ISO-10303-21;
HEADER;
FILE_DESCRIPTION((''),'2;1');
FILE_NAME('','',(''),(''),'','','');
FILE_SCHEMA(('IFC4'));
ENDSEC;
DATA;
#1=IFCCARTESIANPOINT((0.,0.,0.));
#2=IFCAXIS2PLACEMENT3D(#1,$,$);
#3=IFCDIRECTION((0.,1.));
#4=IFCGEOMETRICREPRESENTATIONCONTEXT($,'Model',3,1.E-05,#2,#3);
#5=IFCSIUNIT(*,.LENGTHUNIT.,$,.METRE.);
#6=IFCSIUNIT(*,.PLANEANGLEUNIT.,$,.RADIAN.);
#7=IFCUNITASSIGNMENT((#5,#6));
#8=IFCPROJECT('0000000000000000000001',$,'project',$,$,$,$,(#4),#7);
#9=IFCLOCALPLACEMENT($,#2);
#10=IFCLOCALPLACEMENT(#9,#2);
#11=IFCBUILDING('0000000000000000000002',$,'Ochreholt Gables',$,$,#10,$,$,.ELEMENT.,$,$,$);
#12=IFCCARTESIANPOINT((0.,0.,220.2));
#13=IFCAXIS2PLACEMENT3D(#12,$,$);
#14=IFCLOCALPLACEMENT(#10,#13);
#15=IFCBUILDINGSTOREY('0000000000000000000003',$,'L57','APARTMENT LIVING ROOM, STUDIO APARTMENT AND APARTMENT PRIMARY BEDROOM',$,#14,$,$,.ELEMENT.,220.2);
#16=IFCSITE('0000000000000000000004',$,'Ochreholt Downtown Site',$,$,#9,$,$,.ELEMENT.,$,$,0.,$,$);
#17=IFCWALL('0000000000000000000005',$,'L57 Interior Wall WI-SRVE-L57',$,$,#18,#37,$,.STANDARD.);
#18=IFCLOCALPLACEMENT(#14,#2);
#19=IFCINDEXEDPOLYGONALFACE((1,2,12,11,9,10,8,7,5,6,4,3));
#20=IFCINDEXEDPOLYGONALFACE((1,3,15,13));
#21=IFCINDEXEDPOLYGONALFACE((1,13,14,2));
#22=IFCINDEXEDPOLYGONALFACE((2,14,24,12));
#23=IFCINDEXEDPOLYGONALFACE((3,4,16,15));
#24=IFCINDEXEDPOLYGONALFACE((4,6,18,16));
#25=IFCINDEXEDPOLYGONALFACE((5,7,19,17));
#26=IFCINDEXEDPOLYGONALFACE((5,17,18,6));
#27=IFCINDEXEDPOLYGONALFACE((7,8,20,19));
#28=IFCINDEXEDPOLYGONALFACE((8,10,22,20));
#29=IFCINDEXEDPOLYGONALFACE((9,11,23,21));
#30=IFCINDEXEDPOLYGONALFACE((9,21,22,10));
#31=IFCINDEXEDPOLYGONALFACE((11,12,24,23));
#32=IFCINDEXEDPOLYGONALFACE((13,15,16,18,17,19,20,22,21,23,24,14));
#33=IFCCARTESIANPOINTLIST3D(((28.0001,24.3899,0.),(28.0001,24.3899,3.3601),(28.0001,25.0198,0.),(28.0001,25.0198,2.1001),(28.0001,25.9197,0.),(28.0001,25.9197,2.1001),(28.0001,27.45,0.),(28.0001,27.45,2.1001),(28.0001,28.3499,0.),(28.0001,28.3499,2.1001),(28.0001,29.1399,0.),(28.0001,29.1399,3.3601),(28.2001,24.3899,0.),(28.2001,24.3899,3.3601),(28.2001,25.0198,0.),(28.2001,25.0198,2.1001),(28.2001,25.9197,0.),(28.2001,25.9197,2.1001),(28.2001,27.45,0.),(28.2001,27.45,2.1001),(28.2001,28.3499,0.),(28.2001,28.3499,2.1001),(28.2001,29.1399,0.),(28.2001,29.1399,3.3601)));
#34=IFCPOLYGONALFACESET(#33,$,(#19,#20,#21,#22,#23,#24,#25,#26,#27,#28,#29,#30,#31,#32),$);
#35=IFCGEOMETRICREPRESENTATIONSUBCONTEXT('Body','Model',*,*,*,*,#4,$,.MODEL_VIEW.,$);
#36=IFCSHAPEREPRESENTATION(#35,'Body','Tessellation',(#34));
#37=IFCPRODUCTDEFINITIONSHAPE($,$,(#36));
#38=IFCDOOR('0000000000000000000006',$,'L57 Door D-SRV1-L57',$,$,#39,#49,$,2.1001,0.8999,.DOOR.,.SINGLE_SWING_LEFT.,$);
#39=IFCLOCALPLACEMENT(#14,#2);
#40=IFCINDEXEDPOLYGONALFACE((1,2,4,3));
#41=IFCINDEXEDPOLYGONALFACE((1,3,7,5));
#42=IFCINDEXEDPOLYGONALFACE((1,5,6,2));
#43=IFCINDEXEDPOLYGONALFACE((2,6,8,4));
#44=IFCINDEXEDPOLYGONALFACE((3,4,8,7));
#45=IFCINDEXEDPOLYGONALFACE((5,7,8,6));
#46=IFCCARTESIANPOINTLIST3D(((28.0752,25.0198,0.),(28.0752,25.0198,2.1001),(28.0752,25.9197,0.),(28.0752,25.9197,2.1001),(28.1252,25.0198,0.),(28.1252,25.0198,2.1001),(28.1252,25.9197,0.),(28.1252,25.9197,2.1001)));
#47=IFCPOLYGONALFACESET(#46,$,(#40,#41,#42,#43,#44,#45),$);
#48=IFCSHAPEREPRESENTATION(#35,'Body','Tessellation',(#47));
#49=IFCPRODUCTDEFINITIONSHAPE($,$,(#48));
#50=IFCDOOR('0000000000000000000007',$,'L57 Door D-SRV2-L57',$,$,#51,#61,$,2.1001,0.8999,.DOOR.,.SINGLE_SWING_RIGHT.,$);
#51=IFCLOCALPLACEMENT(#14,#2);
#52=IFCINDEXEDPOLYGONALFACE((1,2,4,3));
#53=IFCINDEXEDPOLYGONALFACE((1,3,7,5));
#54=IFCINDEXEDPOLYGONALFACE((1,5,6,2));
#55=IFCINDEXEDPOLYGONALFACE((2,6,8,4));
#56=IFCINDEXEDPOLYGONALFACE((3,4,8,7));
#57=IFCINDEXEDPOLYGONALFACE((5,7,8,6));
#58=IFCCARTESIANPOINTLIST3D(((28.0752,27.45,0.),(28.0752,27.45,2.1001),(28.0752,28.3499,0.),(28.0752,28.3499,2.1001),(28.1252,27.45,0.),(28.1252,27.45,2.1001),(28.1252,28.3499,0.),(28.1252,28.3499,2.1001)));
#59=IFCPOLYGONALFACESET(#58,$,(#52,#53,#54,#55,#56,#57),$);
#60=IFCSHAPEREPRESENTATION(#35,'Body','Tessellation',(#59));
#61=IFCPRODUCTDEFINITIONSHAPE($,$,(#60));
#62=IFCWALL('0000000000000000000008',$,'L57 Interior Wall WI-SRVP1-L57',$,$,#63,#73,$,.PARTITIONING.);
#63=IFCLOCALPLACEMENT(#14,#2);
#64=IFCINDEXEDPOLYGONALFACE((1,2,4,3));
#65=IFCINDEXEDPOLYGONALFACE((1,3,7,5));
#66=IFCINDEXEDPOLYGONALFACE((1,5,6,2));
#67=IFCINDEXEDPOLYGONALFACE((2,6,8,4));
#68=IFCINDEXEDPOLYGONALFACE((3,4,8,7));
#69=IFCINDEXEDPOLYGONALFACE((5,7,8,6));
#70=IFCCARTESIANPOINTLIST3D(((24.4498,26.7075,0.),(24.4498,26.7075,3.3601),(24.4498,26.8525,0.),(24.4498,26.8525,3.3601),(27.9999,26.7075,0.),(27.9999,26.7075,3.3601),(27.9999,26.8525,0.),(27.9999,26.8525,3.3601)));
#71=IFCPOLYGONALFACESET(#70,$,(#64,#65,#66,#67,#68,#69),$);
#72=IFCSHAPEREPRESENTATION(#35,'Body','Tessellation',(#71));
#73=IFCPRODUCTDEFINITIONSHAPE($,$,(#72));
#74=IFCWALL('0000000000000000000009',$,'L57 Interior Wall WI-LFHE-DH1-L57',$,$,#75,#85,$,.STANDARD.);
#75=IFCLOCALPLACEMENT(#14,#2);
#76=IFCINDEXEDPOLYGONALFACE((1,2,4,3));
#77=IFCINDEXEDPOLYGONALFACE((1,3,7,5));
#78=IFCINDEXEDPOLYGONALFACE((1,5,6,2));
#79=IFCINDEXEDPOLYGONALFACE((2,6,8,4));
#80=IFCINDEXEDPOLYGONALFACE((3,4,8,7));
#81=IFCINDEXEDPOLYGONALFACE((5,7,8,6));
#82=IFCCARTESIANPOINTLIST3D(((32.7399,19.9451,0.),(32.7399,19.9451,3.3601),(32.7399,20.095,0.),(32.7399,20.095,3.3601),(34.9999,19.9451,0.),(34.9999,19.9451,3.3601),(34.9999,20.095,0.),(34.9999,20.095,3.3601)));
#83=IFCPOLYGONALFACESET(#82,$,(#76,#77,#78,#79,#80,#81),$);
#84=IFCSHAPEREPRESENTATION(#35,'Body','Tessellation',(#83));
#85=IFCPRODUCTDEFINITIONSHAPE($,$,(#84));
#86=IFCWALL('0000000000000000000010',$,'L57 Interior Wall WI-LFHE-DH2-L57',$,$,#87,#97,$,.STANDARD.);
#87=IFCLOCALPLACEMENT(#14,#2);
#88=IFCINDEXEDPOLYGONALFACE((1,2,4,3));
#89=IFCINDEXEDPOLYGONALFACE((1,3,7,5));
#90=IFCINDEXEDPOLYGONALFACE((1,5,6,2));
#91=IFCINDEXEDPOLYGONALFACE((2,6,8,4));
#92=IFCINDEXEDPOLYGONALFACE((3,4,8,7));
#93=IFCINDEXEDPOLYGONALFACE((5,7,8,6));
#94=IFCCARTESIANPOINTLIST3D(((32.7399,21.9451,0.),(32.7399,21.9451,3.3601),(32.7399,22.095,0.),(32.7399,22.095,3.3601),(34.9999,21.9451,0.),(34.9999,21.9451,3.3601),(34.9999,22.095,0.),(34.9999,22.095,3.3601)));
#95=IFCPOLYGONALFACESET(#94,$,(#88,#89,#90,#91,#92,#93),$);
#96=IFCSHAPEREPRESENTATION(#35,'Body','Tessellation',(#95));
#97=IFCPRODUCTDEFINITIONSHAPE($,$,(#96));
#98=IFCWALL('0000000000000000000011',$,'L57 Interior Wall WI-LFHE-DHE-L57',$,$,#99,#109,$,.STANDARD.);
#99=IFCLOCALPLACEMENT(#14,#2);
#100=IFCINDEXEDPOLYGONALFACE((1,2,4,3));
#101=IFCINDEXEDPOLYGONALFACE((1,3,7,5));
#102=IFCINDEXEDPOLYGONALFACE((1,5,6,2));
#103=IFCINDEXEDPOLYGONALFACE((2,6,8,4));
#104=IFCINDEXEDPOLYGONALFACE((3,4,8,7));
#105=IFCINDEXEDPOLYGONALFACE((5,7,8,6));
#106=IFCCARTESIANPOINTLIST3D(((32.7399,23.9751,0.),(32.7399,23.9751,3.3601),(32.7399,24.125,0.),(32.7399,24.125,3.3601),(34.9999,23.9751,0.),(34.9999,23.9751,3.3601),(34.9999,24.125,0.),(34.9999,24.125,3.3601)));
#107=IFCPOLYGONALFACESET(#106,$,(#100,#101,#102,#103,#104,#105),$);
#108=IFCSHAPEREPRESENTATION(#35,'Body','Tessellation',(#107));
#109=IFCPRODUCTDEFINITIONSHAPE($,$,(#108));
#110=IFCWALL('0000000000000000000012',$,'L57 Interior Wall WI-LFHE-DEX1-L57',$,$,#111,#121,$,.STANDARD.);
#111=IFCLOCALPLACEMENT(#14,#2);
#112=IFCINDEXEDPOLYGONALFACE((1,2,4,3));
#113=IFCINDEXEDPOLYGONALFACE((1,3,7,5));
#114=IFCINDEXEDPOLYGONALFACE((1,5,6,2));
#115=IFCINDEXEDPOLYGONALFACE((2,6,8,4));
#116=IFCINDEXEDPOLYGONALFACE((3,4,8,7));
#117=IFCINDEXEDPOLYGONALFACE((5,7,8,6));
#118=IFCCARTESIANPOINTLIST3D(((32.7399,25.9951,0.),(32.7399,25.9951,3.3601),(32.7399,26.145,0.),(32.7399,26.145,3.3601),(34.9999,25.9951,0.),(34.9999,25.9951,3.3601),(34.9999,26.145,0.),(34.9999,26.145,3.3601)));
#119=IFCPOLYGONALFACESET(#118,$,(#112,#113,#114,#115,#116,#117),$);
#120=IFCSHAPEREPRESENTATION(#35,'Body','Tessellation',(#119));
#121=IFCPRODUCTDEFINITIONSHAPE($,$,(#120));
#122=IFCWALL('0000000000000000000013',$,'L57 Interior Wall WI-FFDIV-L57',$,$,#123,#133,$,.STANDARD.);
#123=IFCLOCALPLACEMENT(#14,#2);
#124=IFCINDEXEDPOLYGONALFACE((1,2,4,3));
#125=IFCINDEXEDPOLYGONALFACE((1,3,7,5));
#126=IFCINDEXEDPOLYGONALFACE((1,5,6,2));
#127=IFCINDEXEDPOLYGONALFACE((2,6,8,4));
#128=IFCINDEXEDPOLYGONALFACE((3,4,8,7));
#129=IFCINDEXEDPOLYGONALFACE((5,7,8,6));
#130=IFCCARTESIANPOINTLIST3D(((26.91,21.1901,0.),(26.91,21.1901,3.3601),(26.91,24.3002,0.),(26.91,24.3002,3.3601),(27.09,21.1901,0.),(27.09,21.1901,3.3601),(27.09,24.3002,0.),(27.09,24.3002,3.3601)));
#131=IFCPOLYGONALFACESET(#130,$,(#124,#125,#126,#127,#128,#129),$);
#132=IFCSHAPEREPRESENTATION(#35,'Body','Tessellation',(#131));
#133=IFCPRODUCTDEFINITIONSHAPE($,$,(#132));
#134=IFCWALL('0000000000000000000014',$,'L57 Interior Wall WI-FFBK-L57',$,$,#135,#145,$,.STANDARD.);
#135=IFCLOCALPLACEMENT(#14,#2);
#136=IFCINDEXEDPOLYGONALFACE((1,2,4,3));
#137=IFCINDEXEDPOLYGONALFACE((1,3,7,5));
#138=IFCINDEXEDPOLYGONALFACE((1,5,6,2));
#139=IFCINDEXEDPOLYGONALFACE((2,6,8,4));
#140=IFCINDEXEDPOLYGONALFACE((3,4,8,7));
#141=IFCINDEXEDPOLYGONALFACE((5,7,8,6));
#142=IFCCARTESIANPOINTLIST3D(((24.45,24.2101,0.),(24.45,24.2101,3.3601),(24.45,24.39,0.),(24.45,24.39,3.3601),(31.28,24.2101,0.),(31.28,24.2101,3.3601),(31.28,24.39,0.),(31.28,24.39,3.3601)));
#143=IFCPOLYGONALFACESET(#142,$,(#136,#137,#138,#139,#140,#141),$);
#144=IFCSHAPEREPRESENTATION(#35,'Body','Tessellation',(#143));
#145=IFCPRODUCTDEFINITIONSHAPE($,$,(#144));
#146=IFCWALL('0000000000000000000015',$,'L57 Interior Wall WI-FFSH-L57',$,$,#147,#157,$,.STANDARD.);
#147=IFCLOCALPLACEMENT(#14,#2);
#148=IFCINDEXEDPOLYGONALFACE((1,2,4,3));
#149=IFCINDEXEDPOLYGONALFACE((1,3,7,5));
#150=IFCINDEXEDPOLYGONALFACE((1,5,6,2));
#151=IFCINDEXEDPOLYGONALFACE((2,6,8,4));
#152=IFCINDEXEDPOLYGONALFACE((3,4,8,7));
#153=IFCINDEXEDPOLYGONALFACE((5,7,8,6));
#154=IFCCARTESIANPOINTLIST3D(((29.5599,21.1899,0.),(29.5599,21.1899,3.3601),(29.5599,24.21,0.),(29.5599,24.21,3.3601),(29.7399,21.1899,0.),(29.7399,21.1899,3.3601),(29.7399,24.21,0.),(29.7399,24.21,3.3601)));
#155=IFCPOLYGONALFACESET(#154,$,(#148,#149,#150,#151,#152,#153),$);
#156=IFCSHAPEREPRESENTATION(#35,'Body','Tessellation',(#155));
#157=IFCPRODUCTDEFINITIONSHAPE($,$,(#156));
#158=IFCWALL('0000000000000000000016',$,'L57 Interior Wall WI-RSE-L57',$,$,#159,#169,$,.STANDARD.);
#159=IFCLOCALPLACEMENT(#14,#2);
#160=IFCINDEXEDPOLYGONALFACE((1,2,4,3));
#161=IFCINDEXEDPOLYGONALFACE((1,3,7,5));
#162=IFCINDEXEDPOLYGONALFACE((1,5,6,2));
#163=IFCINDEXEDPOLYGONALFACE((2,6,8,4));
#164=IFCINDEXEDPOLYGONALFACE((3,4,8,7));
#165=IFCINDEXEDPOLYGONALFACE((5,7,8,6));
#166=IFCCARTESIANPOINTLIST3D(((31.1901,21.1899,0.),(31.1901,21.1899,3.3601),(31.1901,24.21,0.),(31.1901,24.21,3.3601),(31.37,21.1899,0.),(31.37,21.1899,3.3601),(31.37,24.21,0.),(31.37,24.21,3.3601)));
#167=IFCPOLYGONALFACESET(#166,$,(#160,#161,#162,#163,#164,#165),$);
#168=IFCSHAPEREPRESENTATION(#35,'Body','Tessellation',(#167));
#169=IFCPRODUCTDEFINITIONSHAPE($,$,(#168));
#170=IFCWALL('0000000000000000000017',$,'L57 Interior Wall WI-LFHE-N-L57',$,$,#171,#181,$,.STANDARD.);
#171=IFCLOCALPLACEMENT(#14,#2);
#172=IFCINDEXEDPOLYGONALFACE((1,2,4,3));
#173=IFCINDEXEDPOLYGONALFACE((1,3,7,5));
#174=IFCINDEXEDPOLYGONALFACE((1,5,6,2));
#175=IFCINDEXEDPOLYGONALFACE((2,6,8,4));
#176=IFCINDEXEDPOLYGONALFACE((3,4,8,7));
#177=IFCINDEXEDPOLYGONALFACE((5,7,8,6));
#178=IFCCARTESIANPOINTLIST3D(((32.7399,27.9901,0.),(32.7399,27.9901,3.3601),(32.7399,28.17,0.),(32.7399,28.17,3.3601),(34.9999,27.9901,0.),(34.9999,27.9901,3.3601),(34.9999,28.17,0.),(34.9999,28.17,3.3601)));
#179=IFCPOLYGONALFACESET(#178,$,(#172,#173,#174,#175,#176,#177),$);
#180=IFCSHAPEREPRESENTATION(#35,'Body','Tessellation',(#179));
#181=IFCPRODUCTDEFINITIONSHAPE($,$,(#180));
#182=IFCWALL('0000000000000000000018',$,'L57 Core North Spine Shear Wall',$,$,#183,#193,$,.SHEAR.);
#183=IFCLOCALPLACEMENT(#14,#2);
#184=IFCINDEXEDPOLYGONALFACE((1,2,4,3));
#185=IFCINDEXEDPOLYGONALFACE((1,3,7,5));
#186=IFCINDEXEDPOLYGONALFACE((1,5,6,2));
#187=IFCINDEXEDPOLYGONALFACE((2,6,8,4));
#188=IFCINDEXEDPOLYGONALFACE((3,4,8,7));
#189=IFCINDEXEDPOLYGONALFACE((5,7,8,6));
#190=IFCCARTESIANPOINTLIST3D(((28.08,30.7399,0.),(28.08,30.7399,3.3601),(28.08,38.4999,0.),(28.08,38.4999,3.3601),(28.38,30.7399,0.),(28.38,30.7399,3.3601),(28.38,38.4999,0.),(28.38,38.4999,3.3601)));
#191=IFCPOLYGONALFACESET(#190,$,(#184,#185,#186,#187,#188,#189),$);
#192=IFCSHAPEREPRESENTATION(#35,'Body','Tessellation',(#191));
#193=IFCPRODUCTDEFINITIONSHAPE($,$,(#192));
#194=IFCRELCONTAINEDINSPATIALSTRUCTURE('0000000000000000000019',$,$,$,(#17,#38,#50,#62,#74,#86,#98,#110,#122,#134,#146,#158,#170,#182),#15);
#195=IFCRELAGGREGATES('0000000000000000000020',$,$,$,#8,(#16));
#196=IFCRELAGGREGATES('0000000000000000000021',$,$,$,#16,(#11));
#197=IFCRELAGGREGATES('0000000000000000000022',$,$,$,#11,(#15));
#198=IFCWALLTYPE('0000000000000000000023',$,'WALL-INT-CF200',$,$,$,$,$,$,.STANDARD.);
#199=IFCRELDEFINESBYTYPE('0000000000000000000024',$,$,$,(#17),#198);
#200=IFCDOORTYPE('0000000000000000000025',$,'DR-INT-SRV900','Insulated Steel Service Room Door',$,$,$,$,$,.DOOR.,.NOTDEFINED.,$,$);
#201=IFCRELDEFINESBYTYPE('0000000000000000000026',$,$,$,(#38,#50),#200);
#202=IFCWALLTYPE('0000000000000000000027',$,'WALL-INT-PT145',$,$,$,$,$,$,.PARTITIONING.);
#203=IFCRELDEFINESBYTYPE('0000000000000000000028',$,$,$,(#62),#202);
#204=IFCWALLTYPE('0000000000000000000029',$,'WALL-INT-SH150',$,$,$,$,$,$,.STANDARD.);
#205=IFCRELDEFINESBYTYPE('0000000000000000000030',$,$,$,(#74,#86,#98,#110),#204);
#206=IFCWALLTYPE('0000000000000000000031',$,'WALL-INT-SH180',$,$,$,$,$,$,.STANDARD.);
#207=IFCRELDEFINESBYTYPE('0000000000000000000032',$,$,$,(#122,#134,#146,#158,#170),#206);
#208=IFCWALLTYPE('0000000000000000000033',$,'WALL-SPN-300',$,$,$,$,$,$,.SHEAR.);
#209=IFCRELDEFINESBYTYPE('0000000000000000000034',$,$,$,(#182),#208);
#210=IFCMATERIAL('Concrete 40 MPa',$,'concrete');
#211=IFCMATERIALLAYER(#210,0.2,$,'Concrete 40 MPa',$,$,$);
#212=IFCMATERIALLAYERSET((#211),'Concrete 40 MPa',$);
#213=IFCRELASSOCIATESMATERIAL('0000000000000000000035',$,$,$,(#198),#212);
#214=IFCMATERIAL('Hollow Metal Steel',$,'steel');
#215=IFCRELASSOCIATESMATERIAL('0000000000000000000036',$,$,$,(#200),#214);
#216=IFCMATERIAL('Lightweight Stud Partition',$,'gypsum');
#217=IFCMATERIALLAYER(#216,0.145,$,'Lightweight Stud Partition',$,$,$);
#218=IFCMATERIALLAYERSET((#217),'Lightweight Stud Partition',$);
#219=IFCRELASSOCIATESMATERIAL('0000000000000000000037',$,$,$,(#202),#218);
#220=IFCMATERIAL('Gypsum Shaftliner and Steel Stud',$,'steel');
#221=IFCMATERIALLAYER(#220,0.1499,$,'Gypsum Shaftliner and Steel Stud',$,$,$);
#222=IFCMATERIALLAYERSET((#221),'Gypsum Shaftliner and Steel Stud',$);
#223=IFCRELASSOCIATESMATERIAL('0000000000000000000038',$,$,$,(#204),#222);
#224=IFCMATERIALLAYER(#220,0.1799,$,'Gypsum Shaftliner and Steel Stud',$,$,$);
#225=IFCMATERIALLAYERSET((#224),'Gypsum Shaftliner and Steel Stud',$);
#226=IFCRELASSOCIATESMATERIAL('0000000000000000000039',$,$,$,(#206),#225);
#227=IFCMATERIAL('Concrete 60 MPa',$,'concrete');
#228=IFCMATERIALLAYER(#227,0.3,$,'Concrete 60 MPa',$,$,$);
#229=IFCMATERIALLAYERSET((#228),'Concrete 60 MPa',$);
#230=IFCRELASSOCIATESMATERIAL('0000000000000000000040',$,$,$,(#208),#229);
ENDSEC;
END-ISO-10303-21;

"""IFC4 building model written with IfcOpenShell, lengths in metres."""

from ifc_helpers import new_model, si_unit, direction, frame, frame_2d, origin, place, context, subcontext, project, spatial, rectangle, extrude, material, layer, layer_set, type_object, element, fill, save


model = new_model("IFC4")

# Units and contexts
model_context = context("Model", 3, precision=1e-05, world=origin(), true_north=direction((0.0, 1.0)))
body_context = subcontext(model_context, "Body", "Model", "MODEL_VIEW")
ifc_project = project(units=[si_unit("LENGTHUNIT", "METRE"), si_unit("PLANEANGLEUNIT", "RADIAN")], contexts=[model_context])

# Site, building, storey
site_placement = place(None, origin())
site = spatial("IfcSite", under=ifc_project, at=site_placement, Name="Ochreholt Downtown Site", CompositionType="ELEMENT", RefElevation=0.0)
building_placement = place(site_placement, origin())
building = spatial("IfcBuilding", under=site, at=building_placement, Name="Ochreholt Gables", CompositionType="ELEMENT")
storey_placement = place(building_placement, frame((0.0, 0.0, 220.2)))
storey = spatial("IfcBuildingStorey", under=building, at=storey_placement, Name="L57", Description="APARTMENT LIVING ROOM, STUDIO APARTMENT AND APARTMENT PRIMARY BEDROOM", CompositionType="ELEMENT", Elevation=220.2)

# Shared definitions
ifc_material_1 = material(Name="Concrete 40 MPa", Category="concrete")
ifc_layer_1 = layer(ifc_material_1, 0.2, Name="Concrete 40 MPa")
ifc_layer_set_1 = layer_set([ifc_layer_1], Name="Concrete 40 MPa")
wall_type_1 = type_object("IfcWallType", Name="WALL-INT-CF200", PredefinedType="STANDARD", material=ifc_layer_set_1)

# Wall, openings, doors
wall_1_placement = place(storey_placement, frame((28.1001, 24.3899, 0.0), z_axis=(0.0, 0.0, 1.0), x_axis=(0.0, 1.0, 0.0)))
wall_1 = element("IfcWall", 1, at=wall_1_placement, inside=storey, type_object=wall_type_1, Name="L57 Interior Wall WI-SRVE-L57", PredefinedType="STANDARD", context=body_context, shape_type="SweptSolid", body=[
    extrude(rectangle(XDim=4.75, YDim=0.2, at=frame_2d((2.375, 0.0))), origin(), (0.0, 0.0, 1.0), 3.3601),
])
opening_1_placement = place(wall_1_placement, frame((0.6299, 0.0, 0.0)))
opening_1 = element("IfcOpeningElement", 2, at=opening_1_placement, cuts=wall_1, PredefinedType="OPENING", context=body_context, shape_type="SweptSolid", body=[
    extrude(rectangle(XDim=0.8999, YDim=2.1001, at=frame_2d((0.45, 1.05))), frame((0.0, 0.1099, 0.0), z_axis=(0.0, -1.0, 0.0), x_axis=(1.0, 0.0, 0.0)), (0.0, 0.0, 1.0), 0.22),
])
opening_2_placement = place(wall_1_placement, frame((3.0601, 0.0, 0.0)))
opening_2 = element("IfcOpeningElement", 3, at=opening_2_placement, cuts=wall_1, PredefinedType="OPENING", context=body_context, shape_type="SweptSolid", body=[
    extrude(rectangle(XDim=0.8999, YDim=2.1001, at=frame_2d((0.45, 1.05))), frame((0.0, 0.1099, 0.0), z_axis=(0.0, -1.0, 0.0), x_axis=(1.0, 0.0, 0.0)), (0.0, 0.0, 1.0), 0.22),
])
ifc_material_2 = material(Name="Hollow Metal Steel", Category="steel")
door_type_1 = type_object("IfcDoorType", Name="DR-INT-SRV900", Description="Insulated Steel Service Room Door", OperationType="NOTDEFINED", PredefinedType="DOOR", material=ifc_material_2)
door_1_placement = place(opening_1_placement, origin())
door_1 = element("IfcDoor", 4, at=door_1_placement, inside=storey, type_object=door_type_1, Name="L57 Door D-SRV1-L57", OperationType="SINGLE_SWING_LEFT", OverallHeight=2.1001, OverallWidth=0.8999, PredefinedType="DOOR", context=body_context, shape_type="SweptSolid", body=[
    extrude(rectangle(XDim=0.8999, YDim=2.1001, at=frame_2d((0.45, 1.05))), frame((0.0, 0.0249, 0.0), z_axis=(0.0, -1.0, 0.0), x_axis=(1.0, 0.0, 0.0)), (0.0, 0.0, 1.0), 0.05),
])
fill(opening_1, door_1)
door_2_placement = place(opening_2_placement, origin())
door_2 = element("IfcDoor", 5, at=door_2_placement, inside=storey, type_object=door_type_1, Name="L57 Door D-SRV2-L57", OperationType="SINGLE_SWING_RIGHT", OverallHeight=2.1001, OverallWidth=0.8999, PredefinedType="DOOR", context=body_context, shape_type="SweptSolid", body=[
    extrude(rectangle(XDim=0.8999, YDim=2.1001, at=frame_2d((0.45, 1.05))), frame((0.0, 0.0249, 0.0), z_axis=(0.0, -1.0, 0.0), x_axis=(1.0, 0.0, 0.0)), (0.0, 0.0, 1.0), 0.05),
])
fill(opening_2, door_2)

# Walls
ifc_material_3 = material(Name="Lightweight Stud Partition", Category="gypsum")
ifc_layer_2 = layer(ifc_material_3, 0.145, Name="Lightweight Stud Partition")
ifc_layer_set_2 = layer_set([ifc_layer_2], Name="Lightweight Stud Partition")
wall_type_2 = type_object("IfcWallType", Name="WALL-INT-PT145", PredefinedType="PARTITIONING", material=ifc_layer_set_2)
wall_2_placement = place(storey_placement, frame((24.45, 26.78, 0.0), z_axis=(0.0, 0.0, 1.0), x_axis=(1.0, 0.0, 0.0)))
element("IfcWall", 6, at=wall_2_placement, inside=storey, type_object=wall_type_2, Name="L57 Interior Wall WI-SRVP1-L57", PredefinedType="PARTITIONING", context=body_context, shape_type="SweptSolid", body=[
    extrude(rectangle(XDim=3.55, YDim=0.145, at=frame_2d((1.7749, 0.0))), origin(), (0.0, 0.0, 1.0), 3.3601),
])
ifc_material_4 = material(Name="Gypsum Shaftliner and Steel Stud", Category="steel")
ifc_layer_3 = layer(ifc_material_4, 0.1499, Name="Gypsum Shaftliner and Steel Stud")
ifc_layer_set_3 = layer_set([ifc_layer_3], Name="Gypsum Shaftliner and Steel Stud")
wall_type_3 = type_object("IfcWallType", Name="WALL-INT-SH150", PredefinedType="STANDARD", material=ifc_layer_set_3)
for number, where, z_axis, x_axis, name in (
    (7, (32.74, 20.02, 0.0), (0.0, 0.0, 1.0), (1.0, 0.0, 0.0), "L57 Interior Wall WI-LFHE-DH1-L57"),
    (8, (32.74, 22.02, 0.0), (0.0, 0.0, 1.0), (1.0, 0.0, 0.0), "L57 Interior Wall WI-LFHE-DH2-L57"),
    (9, (32.74, 24.05, 0.0), (0.0, 0.0, 1.0), (1.0, 0.0, 0.0), "L57 Interior Wall WI-LFHE-DHE-L57"),
    (10, (32.74, 26.0701, 0.0), (0.0, 0.0, 1.0), (1.0, 0.0, 0.0), "L57 Interior Wall WI-LFHE-DEX1-L57"),
):
    element("IfcWall", number, at=place(storey_placement, frame(where, z_axis=z_axis, x_axis=x_axis)), inside=storey, type_object=wall_type_3, Name=name, PredefinedType="STANDARD", context=body_context, shape_type="SweptSolid", body=[
        extrude(rectangle(XDim=2.26, YDim=0.1499, at=frame_2d((1.1299, 0.0))), origin(), (0.0, 0.0, 1.0), 3.3601),
    ])
ifc_layer_4 = layer(ifc_material_4, 0.1799, Name="Gypsum Shaftliner and Steel Stud")
ifc_layer_set_4 = layer_set([ifc_layer_4], Name="Gypsum Shaftliner and Steel Stud")
wall_type_4 = type_object("IfcWallType", Name="WALL-INT-SH180", PredefinedType="STANDARD", material=ifc_layer_set_4)
wall_3_placement = place(storey_placement, frame((27.0, 21.1899, 0.0), z_axis=(0.0, 0.0, 1.0), x_axis=(0.0, 1.0, 0.0)))
element("IfcWall", 11, at=wall_3_placement, inside=storey, type_object=wall_type_4, Name="L57 Interior Wall WI-FFDIV-L57", PredefinedType="STANDARD", context=body_context, shape_type="SweptSolid", body=[
    extrude(rectangle(XDim=3.1101, YDim=0.1799, at=frame_2d((1.5552, 0.0))), origin(), (0.0, 0.0, 1.0), 3.3601),
])
wall_4_placement = place(storey_placement, frame((24.45, 24.3, 0.0), z_axis=(0.0, 0.0, 1.0), x_axis=(1.0, 0.0, 0.0)))
element("IfcWall", 12, at=wall_4_placement, inside=storey, type_object=wall_type_4, Name="L57 Interior Wall WI-FFBK-L57", PredefinedType="STANDARD", context=body_context, shape_type="SweptSolid", body=[
    extrude(rectangle(XDim=6.8301, YDim=0.1799, at=frame_2d((3.415, 0.0))), origin(), (0.0, 0.0, 1.0), 3.3601),
])
for number, where, z_axis, x_axis, name in (
    (13, (29.6499, 21.1899, 0.0), (0.0, 0.0, 1.0), (0.0, 1.0, 0.0), "L57 Interior Wall WI-FFSH-L57"),
    (14, (31.28, 21.1899, 0.0), (0.0, 0.0, 1.0), (0.0, 1.0, 0.0), "L57 Interior Wall WI-RSE-L57"),
):
    element("IfcWall", number, at=place(storey_placement, frame(where, z_axis=z_axis, x_axis=x_axis)), inside=storey, type_object=wall_type_4, Name=name, PredefinedType="STANDARD", context=body_context, shape_type="SweptSolid", body=[
        extrude(rectangle(XDim=3.02, YDim=0.1799, at=frame_2d((1.51, 0.0))), origin(), (0.0, 0.0, 1.0), 3.3601),
    ])
wall_5_placement = place(storey_placement, frame((32.74, 28.0801, 0.0), z_axis=(0.0, 0.0, 1.0), x_axis=(1.0, 0.0, 0.0)))
element("IfcWall", 15, at=wall_5_placement, inside=storey, type_object=wall_type_4, Name="L57 Interior Wall WI-LFHE-N-L57", PredefinedType="STANDARD", context=body_context, shape_type="SweptSolid", body=[
    extrude(rectangle(XDim=2.26, YDim=0.1799, at=frame_2d((1.1299, 0.0))), origin(), (0.0, 0.0, 1.0), 3.3601),
])
ifc_material_5 = material(Name="Concrete 60 MPa", Category="concrete")
ifc_layer_5 = layer(ifc_material_5, 0.3, Name="Concrete 60 MPa")
ifc_layer_set_5 = layer_set([ifc_layer_5], Name="Concrete 60 MPa")
wall_type_5 = type_object("IfcWallType", Name="WALL-SPN-300", PredefinedType="SHEAR", material=ifc_layer_set_5)
wall_6_placement = place(storey_placement, frame((28.23, 30.74, 0.0), z_axis=(0.0, 0.0, 1.0), x_axis=(0.0, 1.0, 0.0)))
element("IfcWall", 16, at=wall_6_placement, inside=storey, type_object=wall_type_5, Name="L57 Core North Spine Shear Wall", PredefinedType="SHEAR", context=body_context, shape_type="SweptSolid", body=[
    extrude(rectangle(XDim=7.76, YDim=0.3, at=frame_2d((3.8799, 0.0))), origin(), (0.0, 0.0, 1.0), 3.3601),
])

save(model, "model.ifc")
